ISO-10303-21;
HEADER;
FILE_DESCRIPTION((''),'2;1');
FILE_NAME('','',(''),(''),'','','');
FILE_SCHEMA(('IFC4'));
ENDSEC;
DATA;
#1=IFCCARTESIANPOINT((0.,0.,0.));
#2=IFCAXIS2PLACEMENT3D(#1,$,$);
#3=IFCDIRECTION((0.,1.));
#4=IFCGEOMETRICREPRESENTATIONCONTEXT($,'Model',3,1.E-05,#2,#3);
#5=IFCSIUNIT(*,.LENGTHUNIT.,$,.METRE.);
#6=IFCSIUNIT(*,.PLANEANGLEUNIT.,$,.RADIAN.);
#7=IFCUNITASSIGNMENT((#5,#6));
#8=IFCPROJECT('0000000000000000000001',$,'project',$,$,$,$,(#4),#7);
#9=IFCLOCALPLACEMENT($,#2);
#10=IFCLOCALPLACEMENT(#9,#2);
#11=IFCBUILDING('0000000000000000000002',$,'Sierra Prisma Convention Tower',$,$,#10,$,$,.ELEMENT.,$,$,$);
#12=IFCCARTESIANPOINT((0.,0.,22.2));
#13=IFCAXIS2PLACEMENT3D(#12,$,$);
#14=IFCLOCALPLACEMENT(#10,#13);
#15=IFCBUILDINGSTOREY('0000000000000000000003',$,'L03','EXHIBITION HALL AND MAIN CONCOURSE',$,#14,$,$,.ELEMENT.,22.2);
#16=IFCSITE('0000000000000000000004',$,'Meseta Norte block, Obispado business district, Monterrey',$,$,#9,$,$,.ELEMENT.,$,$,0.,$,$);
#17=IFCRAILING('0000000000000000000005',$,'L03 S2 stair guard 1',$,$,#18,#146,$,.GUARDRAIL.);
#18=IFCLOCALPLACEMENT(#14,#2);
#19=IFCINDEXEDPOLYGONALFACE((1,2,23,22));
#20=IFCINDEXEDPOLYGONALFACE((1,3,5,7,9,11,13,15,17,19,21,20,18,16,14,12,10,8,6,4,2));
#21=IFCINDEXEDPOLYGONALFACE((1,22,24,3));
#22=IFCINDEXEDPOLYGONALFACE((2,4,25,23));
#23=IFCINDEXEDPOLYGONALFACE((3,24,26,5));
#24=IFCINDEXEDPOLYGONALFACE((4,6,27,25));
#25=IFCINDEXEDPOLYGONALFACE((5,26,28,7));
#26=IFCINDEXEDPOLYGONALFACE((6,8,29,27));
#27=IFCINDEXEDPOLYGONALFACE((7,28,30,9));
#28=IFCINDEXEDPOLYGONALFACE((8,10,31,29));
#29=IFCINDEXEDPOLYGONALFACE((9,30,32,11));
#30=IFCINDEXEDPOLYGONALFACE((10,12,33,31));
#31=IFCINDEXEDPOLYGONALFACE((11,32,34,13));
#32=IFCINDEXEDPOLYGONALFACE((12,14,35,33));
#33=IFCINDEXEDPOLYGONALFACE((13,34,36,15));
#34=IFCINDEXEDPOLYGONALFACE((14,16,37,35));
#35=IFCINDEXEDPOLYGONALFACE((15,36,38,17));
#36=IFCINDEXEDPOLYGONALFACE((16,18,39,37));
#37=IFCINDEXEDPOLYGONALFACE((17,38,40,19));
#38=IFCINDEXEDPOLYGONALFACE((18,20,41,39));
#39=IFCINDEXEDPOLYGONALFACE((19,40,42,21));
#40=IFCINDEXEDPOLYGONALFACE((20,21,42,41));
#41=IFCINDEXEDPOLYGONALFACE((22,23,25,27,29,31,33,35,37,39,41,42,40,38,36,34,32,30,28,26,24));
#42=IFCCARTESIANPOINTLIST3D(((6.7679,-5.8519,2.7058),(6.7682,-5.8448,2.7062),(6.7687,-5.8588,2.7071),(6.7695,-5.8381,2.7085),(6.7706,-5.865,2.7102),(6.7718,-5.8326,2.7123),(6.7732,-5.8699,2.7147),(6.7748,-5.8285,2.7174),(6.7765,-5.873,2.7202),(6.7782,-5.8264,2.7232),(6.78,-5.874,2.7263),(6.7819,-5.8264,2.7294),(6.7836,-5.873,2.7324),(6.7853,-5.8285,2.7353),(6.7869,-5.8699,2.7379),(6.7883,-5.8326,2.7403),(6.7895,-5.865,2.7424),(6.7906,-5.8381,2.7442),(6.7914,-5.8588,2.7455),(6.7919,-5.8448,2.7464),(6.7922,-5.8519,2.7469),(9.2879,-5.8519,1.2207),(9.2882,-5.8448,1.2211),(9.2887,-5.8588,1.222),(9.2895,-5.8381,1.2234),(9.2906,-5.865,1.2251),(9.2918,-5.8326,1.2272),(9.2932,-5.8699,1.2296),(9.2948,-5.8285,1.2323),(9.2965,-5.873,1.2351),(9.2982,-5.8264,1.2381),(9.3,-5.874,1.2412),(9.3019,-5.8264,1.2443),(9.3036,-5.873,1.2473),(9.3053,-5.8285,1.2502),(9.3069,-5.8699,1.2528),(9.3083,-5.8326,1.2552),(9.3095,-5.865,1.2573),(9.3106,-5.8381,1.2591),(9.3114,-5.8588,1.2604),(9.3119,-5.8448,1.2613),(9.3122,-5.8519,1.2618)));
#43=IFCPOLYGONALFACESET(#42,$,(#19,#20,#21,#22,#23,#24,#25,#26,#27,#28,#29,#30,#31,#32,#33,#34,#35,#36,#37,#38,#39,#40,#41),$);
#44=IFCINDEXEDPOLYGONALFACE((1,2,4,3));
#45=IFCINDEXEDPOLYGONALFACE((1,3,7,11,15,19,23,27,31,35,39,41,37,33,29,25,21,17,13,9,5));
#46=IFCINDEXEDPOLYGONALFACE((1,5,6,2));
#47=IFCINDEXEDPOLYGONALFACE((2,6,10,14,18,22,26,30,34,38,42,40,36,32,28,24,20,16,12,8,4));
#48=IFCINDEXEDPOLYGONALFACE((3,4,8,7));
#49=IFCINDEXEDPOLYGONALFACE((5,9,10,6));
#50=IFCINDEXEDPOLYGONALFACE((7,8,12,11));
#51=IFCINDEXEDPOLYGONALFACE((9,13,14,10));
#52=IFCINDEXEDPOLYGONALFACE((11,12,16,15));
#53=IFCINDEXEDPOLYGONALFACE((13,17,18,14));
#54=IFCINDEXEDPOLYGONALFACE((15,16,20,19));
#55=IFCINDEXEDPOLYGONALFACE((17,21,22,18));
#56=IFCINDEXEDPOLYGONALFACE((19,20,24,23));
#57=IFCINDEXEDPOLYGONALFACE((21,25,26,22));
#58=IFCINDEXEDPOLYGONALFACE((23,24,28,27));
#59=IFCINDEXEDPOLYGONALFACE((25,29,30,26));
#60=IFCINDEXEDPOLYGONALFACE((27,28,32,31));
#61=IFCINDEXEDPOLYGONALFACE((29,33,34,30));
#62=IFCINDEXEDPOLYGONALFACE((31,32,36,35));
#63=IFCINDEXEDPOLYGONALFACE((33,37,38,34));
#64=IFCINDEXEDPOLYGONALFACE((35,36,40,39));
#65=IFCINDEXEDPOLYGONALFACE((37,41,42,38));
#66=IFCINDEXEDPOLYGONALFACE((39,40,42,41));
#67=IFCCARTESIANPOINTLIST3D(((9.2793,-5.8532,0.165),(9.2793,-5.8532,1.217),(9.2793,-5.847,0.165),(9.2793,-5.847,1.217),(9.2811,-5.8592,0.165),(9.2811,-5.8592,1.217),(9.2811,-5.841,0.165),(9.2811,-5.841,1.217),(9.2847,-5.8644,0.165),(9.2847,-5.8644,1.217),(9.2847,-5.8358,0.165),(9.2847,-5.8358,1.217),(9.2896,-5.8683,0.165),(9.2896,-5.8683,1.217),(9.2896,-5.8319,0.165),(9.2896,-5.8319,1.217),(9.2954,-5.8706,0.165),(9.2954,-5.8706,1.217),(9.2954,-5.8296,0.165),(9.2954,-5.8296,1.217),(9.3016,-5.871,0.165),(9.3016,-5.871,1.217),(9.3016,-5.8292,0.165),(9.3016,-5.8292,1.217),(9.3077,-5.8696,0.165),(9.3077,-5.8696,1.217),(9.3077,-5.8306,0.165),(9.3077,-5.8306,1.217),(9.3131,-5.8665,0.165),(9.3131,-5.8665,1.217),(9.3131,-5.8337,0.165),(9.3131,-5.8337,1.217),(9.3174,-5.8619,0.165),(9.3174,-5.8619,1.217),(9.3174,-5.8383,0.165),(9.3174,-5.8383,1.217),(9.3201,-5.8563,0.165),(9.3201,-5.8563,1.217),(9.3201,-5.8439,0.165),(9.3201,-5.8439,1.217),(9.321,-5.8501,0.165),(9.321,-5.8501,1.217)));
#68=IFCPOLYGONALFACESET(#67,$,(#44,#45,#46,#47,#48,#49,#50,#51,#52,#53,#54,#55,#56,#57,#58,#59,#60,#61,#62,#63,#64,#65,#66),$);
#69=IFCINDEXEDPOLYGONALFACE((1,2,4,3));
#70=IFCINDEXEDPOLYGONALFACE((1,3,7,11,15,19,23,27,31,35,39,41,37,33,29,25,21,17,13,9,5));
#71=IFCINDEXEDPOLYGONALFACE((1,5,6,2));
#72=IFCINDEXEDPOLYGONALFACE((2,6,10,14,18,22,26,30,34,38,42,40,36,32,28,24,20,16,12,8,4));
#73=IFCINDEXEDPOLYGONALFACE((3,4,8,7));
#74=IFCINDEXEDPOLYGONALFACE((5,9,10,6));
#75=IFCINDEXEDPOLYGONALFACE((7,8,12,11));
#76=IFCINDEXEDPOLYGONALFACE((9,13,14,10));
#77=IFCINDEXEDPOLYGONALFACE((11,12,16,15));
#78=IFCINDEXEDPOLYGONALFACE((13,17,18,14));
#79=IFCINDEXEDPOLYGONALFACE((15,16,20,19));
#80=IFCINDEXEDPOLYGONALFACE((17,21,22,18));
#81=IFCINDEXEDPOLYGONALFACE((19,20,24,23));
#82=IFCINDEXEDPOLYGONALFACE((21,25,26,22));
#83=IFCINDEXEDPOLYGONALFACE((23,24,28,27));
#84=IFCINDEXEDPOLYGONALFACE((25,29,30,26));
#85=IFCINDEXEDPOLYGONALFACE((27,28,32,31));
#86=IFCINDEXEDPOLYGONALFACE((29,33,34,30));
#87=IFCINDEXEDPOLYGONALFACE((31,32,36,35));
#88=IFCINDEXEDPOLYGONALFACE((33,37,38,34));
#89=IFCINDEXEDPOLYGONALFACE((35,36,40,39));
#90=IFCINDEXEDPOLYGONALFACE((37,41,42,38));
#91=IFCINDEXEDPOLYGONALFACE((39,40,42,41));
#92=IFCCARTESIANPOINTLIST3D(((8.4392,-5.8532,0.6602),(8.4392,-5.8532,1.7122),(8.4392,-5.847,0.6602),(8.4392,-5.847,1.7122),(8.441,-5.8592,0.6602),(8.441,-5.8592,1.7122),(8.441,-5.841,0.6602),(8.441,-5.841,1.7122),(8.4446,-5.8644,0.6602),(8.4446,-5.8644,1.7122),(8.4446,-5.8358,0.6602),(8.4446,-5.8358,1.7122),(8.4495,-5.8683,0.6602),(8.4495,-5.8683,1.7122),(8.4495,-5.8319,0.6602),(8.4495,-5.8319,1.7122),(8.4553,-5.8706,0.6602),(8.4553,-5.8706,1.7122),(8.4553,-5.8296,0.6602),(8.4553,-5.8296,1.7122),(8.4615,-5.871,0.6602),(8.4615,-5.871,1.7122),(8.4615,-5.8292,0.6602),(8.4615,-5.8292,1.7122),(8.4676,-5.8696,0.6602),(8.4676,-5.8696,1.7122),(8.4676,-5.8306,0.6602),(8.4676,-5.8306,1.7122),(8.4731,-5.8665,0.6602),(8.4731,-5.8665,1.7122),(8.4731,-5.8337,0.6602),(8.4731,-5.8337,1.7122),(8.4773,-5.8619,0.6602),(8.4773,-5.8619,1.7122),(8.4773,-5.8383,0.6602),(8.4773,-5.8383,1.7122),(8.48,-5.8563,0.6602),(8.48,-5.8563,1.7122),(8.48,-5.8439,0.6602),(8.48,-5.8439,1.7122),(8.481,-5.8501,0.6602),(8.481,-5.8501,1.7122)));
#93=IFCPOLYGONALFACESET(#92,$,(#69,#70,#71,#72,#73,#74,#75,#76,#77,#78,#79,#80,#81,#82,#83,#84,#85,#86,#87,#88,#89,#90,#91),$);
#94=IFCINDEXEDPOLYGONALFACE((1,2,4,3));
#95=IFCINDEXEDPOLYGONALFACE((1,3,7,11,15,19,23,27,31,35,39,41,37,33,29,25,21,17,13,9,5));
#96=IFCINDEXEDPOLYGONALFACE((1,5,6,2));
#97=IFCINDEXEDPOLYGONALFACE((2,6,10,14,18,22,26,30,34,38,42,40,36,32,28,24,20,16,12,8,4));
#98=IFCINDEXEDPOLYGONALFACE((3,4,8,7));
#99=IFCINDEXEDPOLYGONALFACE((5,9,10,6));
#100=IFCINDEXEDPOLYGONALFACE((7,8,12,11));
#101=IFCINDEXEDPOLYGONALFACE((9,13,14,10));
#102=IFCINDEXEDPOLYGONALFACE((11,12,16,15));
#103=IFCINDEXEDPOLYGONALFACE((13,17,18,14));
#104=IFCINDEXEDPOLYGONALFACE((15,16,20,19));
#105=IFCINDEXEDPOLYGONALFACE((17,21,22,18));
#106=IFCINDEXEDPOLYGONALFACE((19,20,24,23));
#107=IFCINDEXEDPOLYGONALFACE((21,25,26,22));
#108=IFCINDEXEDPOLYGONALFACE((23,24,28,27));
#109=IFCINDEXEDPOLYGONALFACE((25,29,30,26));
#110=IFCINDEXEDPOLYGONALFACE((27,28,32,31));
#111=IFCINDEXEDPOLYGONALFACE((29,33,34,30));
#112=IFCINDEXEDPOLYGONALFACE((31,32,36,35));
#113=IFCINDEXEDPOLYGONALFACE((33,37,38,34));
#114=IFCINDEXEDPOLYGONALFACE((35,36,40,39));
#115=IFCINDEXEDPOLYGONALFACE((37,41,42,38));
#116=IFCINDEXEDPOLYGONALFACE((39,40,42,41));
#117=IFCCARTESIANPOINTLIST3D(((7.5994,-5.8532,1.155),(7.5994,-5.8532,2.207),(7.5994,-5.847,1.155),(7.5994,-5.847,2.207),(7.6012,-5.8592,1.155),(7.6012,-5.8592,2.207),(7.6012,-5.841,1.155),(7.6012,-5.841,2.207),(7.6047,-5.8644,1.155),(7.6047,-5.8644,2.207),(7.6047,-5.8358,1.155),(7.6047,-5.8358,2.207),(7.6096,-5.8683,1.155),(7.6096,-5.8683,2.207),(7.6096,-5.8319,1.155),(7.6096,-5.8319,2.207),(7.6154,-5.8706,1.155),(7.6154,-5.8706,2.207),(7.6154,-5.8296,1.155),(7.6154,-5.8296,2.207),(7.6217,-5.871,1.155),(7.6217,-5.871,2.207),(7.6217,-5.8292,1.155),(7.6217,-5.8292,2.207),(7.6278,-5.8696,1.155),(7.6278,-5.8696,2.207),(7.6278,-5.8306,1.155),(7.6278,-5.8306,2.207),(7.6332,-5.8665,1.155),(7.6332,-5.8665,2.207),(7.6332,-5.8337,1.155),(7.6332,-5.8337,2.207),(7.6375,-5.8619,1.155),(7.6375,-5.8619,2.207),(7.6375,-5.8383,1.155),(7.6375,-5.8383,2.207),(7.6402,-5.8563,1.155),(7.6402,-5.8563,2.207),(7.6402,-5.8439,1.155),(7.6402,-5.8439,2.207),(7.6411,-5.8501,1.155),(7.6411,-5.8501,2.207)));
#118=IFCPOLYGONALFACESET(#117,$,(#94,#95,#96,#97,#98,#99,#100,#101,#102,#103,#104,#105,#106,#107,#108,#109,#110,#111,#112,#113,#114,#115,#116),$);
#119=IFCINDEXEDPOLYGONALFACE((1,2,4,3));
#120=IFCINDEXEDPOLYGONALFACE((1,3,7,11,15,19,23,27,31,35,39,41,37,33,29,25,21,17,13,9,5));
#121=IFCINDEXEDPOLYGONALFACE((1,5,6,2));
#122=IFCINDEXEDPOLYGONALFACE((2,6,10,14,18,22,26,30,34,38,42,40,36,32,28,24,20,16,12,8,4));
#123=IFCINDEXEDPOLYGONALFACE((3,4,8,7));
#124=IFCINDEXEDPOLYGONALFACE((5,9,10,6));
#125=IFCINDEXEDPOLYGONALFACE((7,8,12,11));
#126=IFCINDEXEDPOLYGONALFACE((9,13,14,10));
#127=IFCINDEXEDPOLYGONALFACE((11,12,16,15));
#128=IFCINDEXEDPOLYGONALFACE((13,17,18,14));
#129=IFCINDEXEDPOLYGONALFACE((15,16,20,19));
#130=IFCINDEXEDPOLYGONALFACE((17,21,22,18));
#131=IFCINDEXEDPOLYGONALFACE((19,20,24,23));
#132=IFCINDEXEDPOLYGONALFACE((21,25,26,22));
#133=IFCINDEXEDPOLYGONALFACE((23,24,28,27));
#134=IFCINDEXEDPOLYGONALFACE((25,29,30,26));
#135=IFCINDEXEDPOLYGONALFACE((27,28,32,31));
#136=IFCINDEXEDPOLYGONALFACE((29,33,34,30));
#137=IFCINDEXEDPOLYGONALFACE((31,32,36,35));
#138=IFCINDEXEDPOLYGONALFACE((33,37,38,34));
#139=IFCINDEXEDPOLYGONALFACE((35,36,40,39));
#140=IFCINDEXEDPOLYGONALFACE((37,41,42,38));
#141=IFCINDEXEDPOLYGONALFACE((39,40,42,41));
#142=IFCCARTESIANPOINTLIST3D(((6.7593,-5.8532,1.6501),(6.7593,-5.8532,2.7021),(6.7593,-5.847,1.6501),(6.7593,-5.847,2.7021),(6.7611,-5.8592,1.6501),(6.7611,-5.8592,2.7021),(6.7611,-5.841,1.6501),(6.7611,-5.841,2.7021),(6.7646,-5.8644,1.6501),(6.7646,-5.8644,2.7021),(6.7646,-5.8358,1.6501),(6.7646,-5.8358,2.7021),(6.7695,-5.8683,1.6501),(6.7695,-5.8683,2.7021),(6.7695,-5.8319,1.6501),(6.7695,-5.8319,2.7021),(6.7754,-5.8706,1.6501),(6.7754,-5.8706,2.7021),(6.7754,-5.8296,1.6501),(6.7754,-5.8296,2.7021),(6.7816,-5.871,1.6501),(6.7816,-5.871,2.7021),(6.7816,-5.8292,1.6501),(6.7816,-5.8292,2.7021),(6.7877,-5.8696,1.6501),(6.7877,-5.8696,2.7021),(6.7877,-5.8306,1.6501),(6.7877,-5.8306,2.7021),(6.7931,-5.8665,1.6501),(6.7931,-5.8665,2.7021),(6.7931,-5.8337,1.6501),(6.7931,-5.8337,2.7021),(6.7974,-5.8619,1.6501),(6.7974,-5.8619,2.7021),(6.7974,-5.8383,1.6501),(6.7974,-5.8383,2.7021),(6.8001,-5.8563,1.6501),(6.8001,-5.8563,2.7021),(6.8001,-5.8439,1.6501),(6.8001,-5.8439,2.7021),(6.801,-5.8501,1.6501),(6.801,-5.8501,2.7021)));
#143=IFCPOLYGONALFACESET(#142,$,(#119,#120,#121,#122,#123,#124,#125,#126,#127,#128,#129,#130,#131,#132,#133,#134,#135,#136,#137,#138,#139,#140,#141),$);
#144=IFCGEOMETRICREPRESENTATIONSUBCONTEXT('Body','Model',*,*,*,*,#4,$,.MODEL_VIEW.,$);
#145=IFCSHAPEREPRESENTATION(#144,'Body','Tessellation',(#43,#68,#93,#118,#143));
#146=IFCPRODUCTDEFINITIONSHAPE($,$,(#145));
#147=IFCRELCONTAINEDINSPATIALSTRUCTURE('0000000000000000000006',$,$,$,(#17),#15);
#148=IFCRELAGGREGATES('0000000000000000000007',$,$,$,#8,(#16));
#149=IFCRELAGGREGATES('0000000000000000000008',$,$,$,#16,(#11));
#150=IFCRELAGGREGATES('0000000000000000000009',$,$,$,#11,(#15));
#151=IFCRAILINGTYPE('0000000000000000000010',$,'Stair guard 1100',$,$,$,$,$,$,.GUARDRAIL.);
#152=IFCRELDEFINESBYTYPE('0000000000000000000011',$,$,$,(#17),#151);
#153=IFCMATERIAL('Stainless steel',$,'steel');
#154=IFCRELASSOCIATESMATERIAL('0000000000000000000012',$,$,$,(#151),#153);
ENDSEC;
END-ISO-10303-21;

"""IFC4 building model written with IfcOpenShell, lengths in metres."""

from ifc_helpers import new_model, si_unit, direction, frame, origin, origin_2d, place, context, subcontext, project, spatial, circle, extrude, material, type_object, element, save


model = new_model("IFC4")

# Units and contexts
model_context = context("Model", 3, precision=1e-05, world=origin(), true_north=direction((0.0, 1.0)))
body_context = subcontext(model_context, "Body", "Model", "MODEL_VIEW")
ifc_project = project(units=[si_unit("LENGTHUNIT", "METRE"), si_unit("PLANEANGLEUNIT", "RADIAN")], contexts=[model_context])

# Site, building, storey
site_placement = place(None, origin())
site = spatial("IfcSite", under=ifc_project, at=site_placement, Name="Meseta Norte block, Obispado business district, Monterrey", CompositionType="ELEMENT", RefElevation=0.0)
building_placement = place(site_placement, origin())
building = spatial("IfcBuilding", under=site, at=building_placement, Name="Sierra Prisma Convention Tower", CompositionType="ELEMENT")
storey_placement = place(building_placement, frame((0.0, 0.0, 22.2)))
storey = spatial("IfcBuildingStorey", under=building, at=storey_placement, Name="L03", Description="EXHIBITION HALL AND MAIN CONCOURSE", CompositionType="ELEMENT", Elevation=22.2)

# Railing
ifc_material_1 = material(Name="Stainless steel", Category="steel")
railing_type_1 = type_object("IfcRailingType", Name="Stair guard 1100", PredefinedType="GUARDRAIL", material=ifc_material_1)
railing_1_placement = place(storey_placement, frame((9.3, -5.8501, 0.165)))
element("IfcRailing", 1, at=railing_1_placement, inside=storey, type_object=railing_type_1, Name="L03 S2 stair guard 1", PredefinedType="GUARDRAIL", context=body_context, shape_type="SweptSolid", body=[
    extrude(circle(Radius=0.0239, at=origin_2d()), frame((0.0, 0.0, 1.0762), z_axis=(-0.861524, 0.0, 0.507717), x_axis=(0.0, -1.0, 0.0)), (0.0, 0.0, 1.0), 2.925),
    extrude(circle(Radius=0.021, at=origin_2d()), origin(), (0.0, 0.0, 1.0), 1.052),
    extrude(circle(Radius=0.021, at=origin_2d()), frame((-0.8401, 0.0, 0.4951)), (0.0, 0.0, 1.0), 1.052),
    extrude(circle(Radius=0.021, at=origin_2d()), frame((-1.6799, 0.0, 0.99)), (0.0, 0.0, 1.0), 1.052),
    extrude(circle(Radius=0.021, at=origin_2d()), frame((-2.52, 0.0, 1.4851)), (0.0, 0.0, 1.0), 1.052),
])

save(model, "model.ifc")
